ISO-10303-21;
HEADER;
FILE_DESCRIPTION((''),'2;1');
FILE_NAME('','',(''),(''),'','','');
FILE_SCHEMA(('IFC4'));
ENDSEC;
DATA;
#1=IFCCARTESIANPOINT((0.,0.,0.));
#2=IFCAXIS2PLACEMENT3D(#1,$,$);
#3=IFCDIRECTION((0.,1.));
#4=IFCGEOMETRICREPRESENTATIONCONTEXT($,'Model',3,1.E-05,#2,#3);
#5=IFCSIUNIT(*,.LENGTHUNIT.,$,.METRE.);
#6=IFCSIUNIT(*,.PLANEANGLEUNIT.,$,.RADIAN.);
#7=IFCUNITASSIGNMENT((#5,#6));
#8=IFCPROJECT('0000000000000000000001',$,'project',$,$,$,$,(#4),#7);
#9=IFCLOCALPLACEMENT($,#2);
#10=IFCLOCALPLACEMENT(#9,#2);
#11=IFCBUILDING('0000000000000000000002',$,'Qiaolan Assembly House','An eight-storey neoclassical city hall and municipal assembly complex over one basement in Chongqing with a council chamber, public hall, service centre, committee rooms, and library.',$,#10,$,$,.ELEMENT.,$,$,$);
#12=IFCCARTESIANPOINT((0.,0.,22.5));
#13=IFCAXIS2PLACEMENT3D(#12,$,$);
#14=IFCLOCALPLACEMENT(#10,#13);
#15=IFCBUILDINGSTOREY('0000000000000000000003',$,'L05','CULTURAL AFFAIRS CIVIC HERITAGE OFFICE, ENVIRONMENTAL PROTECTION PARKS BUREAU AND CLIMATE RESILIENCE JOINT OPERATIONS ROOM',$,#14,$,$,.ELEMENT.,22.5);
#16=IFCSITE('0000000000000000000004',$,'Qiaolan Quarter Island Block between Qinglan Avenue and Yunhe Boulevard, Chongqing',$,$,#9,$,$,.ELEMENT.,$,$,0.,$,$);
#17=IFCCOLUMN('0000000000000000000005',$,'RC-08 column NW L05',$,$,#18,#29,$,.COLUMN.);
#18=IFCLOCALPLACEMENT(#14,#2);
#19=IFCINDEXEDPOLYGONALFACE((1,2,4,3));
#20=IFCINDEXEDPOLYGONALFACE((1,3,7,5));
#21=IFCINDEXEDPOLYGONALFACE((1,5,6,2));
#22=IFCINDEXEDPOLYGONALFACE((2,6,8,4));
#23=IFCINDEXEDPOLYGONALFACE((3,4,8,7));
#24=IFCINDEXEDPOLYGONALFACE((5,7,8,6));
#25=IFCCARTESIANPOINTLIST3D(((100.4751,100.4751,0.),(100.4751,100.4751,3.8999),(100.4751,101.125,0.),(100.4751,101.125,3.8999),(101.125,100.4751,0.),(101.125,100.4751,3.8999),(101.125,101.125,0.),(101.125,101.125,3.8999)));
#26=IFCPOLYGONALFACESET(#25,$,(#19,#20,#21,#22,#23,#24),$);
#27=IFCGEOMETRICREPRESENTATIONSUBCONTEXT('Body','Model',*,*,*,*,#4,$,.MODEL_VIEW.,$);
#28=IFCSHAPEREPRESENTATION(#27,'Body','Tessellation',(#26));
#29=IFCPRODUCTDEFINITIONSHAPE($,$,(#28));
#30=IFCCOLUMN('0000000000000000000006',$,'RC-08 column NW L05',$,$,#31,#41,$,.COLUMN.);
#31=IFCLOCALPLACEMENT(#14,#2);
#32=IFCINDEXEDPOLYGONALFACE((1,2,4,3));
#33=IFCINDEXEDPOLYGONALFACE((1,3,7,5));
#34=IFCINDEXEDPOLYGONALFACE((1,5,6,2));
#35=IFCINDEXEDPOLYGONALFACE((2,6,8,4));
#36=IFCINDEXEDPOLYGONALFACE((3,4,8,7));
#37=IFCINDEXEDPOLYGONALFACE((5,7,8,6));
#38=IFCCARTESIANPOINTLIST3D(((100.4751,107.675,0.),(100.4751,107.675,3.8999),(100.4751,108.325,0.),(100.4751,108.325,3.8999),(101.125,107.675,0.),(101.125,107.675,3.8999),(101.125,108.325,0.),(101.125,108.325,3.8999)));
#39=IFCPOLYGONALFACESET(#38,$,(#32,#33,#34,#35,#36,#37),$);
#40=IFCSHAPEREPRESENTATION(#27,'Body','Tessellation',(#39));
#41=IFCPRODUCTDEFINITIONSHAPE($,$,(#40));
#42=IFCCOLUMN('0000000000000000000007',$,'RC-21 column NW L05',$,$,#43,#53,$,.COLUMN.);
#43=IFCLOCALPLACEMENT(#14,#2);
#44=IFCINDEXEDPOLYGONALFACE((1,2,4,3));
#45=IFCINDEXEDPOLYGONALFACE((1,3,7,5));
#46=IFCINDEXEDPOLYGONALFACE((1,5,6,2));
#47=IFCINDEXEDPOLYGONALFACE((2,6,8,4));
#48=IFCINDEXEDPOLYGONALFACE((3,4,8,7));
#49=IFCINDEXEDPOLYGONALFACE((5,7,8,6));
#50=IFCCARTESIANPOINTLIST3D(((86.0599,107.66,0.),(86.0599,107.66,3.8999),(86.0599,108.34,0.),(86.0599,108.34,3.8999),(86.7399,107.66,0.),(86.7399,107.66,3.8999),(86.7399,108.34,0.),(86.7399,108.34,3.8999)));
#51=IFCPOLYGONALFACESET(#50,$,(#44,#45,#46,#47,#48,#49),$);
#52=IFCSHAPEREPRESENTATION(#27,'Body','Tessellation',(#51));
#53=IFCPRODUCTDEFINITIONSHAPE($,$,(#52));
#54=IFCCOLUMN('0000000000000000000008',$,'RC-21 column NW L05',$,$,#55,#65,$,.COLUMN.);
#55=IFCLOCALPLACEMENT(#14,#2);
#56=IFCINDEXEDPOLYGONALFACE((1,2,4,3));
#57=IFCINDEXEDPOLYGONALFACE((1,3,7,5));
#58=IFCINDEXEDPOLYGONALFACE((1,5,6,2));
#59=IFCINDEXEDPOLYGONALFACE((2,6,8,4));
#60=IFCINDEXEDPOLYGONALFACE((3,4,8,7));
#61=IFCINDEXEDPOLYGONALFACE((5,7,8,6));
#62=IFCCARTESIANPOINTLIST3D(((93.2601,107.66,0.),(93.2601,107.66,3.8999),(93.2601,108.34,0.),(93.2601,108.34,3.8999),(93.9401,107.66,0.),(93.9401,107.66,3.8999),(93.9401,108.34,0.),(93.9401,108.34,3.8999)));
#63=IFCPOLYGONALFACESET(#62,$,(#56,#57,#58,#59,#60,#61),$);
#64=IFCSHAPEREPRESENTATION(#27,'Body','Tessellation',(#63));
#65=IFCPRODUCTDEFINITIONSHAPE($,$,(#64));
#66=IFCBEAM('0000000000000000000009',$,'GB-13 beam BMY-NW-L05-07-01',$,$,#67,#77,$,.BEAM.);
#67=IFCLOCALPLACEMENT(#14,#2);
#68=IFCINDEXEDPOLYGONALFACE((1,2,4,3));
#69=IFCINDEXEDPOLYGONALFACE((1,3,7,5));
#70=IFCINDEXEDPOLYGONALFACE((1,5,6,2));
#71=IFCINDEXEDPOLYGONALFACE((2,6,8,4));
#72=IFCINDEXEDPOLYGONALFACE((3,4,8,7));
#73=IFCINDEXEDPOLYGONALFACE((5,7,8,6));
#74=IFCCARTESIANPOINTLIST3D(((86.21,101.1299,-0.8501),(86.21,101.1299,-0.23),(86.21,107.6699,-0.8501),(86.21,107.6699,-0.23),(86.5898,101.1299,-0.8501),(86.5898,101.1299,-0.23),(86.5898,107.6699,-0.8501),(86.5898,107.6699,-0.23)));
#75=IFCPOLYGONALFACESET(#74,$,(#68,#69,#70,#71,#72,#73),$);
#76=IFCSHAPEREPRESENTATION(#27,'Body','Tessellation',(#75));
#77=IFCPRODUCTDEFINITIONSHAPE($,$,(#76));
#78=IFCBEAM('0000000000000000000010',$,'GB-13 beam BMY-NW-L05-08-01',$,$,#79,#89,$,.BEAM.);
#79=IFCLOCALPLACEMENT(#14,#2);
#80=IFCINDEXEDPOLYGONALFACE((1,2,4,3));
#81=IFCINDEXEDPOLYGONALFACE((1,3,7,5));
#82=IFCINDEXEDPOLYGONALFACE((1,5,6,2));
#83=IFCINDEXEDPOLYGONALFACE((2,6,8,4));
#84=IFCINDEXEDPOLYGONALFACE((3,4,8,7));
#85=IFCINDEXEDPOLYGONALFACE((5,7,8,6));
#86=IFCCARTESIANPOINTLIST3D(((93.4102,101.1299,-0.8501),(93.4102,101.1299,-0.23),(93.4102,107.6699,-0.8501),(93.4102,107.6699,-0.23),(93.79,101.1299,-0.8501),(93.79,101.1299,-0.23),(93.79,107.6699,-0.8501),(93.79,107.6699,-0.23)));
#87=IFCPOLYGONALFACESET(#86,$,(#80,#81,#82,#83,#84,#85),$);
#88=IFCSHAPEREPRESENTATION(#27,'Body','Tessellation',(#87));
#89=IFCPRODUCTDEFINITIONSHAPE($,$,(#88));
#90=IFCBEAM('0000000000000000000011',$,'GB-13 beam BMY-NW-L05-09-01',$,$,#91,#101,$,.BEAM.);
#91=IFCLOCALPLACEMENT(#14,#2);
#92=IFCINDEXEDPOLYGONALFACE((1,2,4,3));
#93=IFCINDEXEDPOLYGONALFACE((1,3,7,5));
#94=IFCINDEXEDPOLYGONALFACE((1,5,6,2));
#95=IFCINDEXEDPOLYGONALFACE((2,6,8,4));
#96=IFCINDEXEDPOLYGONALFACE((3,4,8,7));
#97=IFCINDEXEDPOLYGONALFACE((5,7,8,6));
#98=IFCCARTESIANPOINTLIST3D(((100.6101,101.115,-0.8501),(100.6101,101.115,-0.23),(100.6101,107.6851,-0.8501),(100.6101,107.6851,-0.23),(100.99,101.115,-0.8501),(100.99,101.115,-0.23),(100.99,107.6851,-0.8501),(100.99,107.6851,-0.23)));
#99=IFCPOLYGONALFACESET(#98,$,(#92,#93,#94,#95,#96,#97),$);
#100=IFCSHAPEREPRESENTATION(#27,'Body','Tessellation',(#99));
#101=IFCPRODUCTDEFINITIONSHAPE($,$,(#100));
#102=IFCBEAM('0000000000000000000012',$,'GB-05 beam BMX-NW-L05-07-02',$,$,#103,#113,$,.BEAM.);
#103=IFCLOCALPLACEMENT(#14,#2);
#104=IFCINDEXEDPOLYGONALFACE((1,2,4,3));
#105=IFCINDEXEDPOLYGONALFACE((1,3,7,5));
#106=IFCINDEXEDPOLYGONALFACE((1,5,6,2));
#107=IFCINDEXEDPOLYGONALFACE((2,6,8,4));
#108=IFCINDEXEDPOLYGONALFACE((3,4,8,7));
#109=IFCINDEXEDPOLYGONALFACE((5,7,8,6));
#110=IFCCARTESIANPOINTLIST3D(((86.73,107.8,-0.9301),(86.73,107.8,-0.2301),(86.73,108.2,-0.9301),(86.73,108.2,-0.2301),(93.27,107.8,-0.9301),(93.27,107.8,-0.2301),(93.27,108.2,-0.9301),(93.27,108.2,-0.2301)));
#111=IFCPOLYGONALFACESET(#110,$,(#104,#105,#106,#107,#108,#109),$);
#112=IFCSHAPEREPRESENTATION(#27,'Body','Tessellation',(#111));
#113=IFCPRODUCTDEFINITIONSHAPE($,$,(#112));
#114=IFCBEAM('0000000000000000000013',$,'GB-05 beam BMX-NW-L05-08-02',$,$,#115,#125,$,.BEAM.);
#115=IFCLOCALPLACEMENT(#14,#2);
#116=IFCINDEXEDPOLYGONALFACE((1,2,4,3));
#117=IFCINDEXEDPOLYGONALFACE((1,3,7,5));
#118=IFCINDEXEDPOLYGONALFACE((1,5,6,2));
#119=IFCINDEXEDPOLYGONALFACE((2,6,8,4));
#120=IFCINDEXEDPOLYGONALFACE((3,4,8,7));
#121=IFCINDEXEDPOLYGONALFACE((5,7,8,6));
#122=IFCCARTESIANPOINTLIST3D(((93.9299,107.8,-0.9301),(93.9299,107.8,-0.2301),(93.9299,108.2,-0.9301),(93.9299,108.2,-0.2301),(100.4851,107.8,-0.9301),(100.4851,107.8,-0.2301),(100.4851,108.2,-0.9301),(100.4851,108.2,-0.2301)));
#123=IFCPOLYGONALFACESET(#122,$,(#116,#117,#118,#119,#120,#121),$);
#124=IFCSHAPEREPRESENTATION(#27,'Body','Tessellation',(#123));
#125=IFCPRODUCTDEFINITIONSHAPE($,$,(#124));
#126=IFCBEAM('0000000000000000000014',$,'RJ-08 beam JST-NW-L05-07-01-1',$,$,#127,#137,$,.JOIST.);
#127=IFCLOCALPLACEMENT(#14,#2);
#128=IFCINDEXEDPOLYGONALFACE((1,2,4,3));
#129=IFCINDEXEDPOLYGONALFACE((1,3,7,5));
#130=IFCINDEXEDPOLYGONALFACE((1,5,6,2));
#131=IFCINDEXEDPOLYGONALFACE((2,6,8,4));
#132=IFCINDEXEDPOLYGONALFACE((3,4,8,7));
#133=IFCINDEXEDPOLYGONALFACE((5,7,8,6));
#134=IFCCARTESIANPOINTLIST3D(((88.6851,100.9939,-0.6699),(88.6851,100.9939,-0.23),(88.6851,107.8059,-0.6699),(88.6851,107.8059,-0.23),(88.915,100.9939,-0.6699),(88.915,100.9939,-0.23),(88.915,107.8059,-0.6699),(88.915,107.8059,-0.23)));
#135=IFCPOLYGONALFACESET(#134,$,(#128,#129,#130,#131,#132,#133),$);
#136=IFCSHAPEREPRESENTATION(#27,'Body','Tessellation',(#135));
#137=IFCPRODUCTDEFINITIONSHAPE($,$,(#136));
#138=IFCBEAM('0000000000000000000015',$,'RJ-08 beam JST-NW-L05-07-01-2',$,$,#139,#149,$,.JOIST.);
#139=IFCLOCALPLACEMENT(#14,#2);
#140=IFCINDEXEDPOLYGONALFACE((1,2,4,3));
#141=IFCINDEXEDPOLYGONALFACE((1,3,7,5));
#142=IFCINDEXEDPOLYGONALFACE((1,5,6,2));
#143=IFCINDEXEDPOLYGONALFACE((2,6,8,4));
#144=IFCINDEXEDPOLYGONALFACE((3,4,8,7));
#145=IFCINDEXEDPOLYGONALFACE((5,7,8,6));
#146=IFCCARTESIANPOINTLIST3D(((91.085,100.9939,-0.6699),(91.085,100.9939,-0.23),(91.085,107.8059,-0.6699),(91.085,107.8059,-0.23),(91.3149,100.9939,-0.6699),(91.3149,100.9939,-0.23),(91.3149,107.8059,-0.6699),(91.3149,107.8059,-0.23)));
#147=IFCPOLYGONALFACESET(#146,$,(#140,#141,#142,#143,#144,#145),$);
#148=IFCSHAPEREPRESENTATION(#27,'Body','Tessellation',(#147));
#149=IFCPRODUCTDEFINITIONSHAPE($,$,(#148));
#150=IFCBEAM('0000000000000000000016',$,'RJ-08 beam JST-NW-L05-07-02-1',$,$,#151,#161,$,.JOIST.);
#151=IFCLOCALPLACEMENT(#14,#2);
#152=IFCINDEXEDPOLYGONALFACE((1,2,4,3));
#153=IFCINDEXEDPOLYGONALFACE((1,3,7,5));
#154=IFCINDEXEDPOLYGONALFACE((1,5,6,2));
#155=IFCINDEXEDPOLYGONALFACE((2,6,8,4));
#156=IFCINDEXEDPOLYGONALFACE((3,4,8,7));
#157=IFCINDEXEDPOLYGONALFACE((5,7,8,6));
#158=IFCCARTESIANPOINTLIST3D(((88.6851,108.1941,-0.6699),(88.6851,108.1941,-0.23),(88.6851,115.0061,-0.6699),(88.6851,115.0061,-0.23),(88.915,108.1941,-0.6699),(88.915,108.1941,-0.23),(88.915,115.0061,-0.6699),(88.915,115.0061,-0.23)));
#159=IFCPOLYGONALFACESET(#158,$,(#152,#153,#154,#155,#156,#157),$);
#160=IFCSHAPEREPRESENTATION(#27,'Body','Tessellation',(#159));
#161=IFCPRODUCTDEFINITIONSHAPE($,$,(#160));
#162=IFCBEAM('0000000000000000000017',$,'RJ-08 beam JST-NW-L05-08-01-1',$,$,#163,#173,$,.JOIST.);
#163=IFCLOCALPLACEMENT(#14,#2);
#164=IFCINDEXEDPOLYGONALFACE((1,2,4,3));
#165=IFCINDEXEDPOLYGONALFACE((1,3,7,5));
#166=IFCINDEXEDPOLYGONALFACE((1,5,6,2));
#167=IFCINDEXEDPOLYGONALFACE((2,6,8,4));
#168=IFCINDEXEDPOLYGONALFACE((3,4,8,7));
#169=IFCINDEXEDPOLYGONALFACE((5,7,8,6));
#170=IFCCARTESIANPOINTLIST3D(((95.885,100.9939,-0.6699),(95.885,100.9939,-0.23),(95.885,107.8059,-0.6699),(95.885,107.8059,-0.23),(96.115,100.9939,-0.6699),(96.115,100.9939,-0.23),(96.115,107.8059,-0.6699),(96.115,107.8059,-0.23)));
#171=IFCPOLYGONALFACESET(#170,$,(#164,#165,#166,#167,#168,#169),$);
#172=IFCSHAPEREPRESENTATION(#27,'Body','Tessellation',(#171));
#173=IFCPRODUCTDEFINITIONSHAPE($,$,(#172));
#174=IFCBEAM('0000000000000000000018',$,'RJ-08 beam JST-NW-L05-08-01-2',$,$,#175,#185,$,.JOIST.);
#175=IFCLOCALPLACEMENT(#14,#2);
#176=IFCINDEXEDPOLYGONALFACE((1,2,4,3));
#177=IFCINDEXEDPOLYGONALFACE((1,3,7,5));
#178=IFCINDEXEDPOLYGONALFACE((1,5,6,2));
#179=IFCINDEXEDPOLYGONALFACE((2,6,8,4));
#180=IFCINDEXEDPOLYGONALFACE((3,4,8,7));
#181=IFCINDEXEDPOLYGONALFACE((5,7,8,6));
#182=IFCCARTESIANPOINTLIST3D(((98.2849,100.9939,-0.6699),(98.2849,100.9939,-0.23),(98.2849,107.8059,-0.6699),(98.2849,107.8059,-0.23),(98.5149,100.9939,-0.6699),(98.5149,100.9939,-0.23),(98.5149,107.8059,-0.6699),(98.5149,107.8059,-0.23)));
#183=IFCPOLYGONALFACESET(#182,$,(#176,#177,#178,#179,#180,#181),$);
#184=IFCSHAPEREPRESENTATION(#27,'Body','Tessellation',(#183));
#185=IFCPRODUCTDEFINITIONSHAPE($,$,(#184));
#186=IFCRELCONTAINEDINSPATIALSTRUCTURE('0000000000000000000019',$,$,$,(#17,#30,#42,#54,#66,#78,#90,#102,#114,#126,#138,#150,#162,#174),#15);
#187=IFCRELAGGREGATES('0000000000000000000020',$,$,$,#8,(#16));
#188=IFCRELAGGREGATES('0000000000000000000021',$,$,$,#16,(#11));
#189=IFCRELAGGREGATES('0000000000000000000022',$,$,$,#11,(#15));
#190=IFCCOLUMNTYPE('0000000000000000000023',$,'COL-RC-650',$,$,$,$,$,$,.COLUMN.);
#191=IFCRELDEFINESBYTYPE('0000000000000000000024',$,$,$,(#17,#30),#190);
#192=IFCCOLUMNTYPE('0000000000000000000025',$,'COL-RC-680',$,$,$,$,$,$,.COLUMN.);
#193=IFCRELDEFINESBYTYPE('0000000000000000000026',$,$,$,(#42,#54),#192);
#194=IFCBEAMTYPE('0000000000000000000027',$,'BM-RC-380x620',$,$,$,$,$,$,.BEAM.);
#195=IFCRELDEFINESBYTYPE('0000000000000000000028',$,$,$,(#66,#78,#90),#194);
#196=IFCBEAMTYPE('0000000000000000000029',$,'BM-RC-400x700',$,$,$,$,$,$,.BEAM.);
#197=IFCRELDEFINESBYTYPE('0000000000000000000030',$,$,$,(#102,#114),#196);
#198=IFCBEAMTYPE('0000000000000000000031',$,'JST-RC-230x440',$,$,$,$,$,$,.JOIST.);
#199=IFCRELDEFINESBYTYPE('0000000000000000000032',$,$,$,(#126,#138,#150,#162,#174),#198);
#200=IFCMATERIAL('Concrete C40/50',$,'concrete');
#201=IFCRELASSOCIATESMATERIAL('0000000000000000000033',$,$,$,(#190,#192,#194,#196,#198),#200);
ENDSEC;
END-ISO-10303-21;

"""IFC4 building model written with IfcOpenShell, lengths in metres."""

from ifc_helpers import new_model, si_unit, direction, frame, origin, origin_2d, place, context, subcontext, project, spatial, rectangle, extrude, material, material_profile, profile_set, type_object, element, save


model = new_model("IFC4")

# Units and contexts
model_context = context("Model", 3, precision=1e-05, world=origin(), true_north=direction((0.0, 1.0)))
body_context = subcontext(model_context, "Body", "Model", "MODEL_VIEW")
ifc_project = project(units=[si_unit("LENGTHUNIT", "METRE"), si_unit("PLANEANGLEUNIT", "RADIAN")], contexts=[model_context])

# Site, building, storey
site_placement = place(None, origin())
site = spatial("IfcSite", under=ifc_project, at=site_placement, Name="Qiaolan Quarter Island Block between Qinglan Avenue and Yunhe Boulevard, Chongqing", CompositionType="ELEMENT", RefElevation=0.0)
building_placement = place(site_placement, origin())
building = spatial("IfcBuilding", under=site, at=building_placement, Name="Qiaolan Assembly House", Description="An eight-storey neoclassical city hall and municipal assembly complex over one basement in Chongqing with a council chamber, public hall, service centre, committee rooms, and library.", CompositionType="ELEMENT")
storey_placement = place(building_placement, frame((0.0, 0.0, 22.5)))
storey = spatial("IfcBuildingStorey", under=building, at=storey_placement, Name="L05", Description="CULTURAL AFFAIRS CIVIC HERITAGE OFFICE, ENVIRONMENTAL PROTECTION PARKS BUREAU AND CLIMATE RESILIENCE JOINT OPERATIONS ROOM", CompositionType="ELEMENT", Elevation=22.5)

# Columns
ifc_material_1 = material(Name="Concrete C40/50", Category="concrete")
ifc_material_profile_1 = material_profile(ifc_material_1, rectangle(XDim=0.6499, YDim=0.6499, at=origin_2d()), Name="RC 650x650")
ifc_profile_set_1 = profile_set([ifc_material_profile_1], Name="Concrete C40/50")
column_type_1 = type_object("IfcColumnType", Name="COL-RC-650", PredefinedType="COLUMN", material=ifc_profile_set_1)
for number, where, z_axis, x_axis, name in (
    (1, (100.8, 100.8, 0.0), (0.0, 0.0, 1.0), (1.0, 0.0, 0.0), "RC-08 column NW L05"),
    (2, (100.8, 108.0, 0.0), (0.0, 0.0, 1.0), (1.0, 0.0, 0.0), "RC-08 column NW L05"),
):
    element("IfcColumn", number, at=place(storey_placement, frame(where, z_axis=z_axis, x_axis=x_axis)), inside=storey, type_object=column_type_1, Name=name, PredefinedType="COLUMN", context=body_context, shape_type="SweptSolid", body=[
        extrude(rectangle(XDim=0.6499, YDim=0.6499, at=origin_2d()), origin(), (0.0, 0.0, 1.0), 3.8999),
    ])
ifc_material_profile_2 = material_profile(ifc_material_1, rectangle(XDim=0.6799, YDim=0.6799, at=origin_2d()), Name="RC 680x680")
ifc_profile_set_2 = profile_set([ifc_material_profile_2], Name="Concrete C40/50")
column_type_2 = type_object("IfcColumnType", Name="COL-RC-680", PredefinedType="COLUMN", material=ifc_profile_set_2)
for number, where, z_axis, x_axis, name in (
    (3, (86.3999, 108.0, 0.0), (0.0, 0.0, 1.0), (1.0, 0.0, 0.0), "RC-21 column NW L05"),
    (4, (93.6001, 108.0, 0.0), (0.0, 0.0, 1.0), (1.0, 0.0, 0.0), "RC-21 column NW L05"),
):
    element("IfcColumn", number, at=place(storey_placement, frame(where, z_axis=z_axis, x_axis=x_axis)), inside=storey, type_object=column_type_2, Name=name, PredefinedType="COLUMN", context=body_context, shape_type="SweptSolid", body=[
        extrude(rectangle(XDim=0.6799, YDim=0.6799, at=origin_2d()), origin(), (0.0, 0.0, 1.0), 3.8999),
    ])

# Beams
ifc_material_profile_3 = material_profile(ifc_material_1, rectangle(XDim=0.3799, YDim=0.6201, at=origin_2d()), Name="RCB 380x620")
ifc_profile_set_3 = profile_set([ifc_material_profile_3], Name="Concrete C40/50")
beam_type_1 = type_object("IfcBeamType", Name="BM-RC-380x620", PredefinedType="BEAM", material=ifc_profile_set_3)
for number, where, z_axis, x_axis, name in (
    (5, (86.3999, 101.1299, -0.54), (0.0, 1.0, 0.0), (-1.0, 0.0, 0.0), "GB-13 beam BMY-NW-L05-07-01"),
    (6, (93.6001, 101.1299, -0.54), (0.0, 1.0, 0.0), (-1.0, 0.0, 0.0), "GB-13 beam BMY-NW-L05-08-01"),
):
    element("IfcBeam", number, at=place(storey_placement, frame(where, z_axis=z_axis, x_axis=x_axis)), inside=storey, type_object=beam_type_1, Name=name, PredefinedType="BEAM", context=body_context, shape_type="SweptSolid", body=[
        extrude(rectangle(XDim=0.3799, YDim=0.6201, at=origin_2d()), origin(), (0.0, 0.0, 1.0), 6.54),
    ])
beam_1_placement = place(storey_placement, frame((100.8, 101.115, -0.54), z_axis=(0.0, 1.0, 0.0), x_axis=(-1.0, 0.0, 0.0)))
element("IfcBeam", 7, at=beam_1_placement, inside=storey, type_object=beam_type_1, Name="GB-13 beam BMY-NW-L05-09-01", PredefinedType="BEAM", context=body_context, shape_type="SweptSolid", body=[
    extrude(rectangle(XDim=0.3799, YDim=0.6201, at=origin_2d()), origin(), (0.0, 0.0, 1.0), 6.5701),
])
ifc_material_profile_4 = material_profile(ifc_material_1, rectangle(XDim=0.3999, YDim=0.7, at=origin_2d()), Name="RCB 400x700")
ifc_profile_set_4 = profile_set([ifc_material_profile_4], Name="Concrete C40/50")
beam_type_2 = type_object("IfcBeamType", Name="BM-RC-400x700", PredefinedType="BEAM", material=ifc_profile_set_4)
beam_2_placement = place(storey_placement, frame((86.73, 108.0, -0.5801), z_axis=(1.0, 0.0, 0.0), x_axis=(0.0, 1.0, 0.0)))
element("IfcBeam", 8, at=beam_2_placement, inside=storey, type_object=beam_type_2, Name="GB-05 beam BMX-NW-L05-07-02", PredefinedType="BEAM", context=body_context, shape_type="SweptSolid", body=[
    extrude(rectangle(XDim=0.3999, YDim=0.7, at=origin_2d()), origin(), (0.0, 0.0, 1.0), 6.54),
])
beam_3_placement = place(storey_placement, frame((93.9299, 108.0, -0.5801), z_axis=(1.0, 0.0, 0.0), x_axis=(0.0, 1.0, 0.0)))
element("IfcBeam", 9, at=beam_3_placement, inside=storey, type_object=beam_type_2, Name="GB-05 beam BMX-NW-L05-08-02", PredefinedType="BEAM", context=body_context, shape_type="SweptSolid", body=[
    extrude(rectangle(XDim=0.3999, YDim=0.7, at=origin_2d()), origin(), (0.0, 0.0, 1.0), 6.5552),
])
ifc_material_profile_5 = material_profile(ifc_material_1, rectangle(XDim=0.23, YDim=0.4399, at=origin_2d()), Name="RCB 230x440")
ifc_profile_set_5 = profile_set([ifc_material_profile_5], Name="Concrete C40/50")
beam_type_3 = type_object("IfcBeamType", Name="JST-RC-230x440", PredefinedType="JOIST", material=ifc_profile_set_5)
for number, where, z_axis, x_axis, name in (
    (10, (88.8, 100.9939, -0.45), (0.0, 1.0, 0.0), (-1.0, 0.0, 0.0), "RJ-08 beam JST-NW-L05-07-01-1"),
    (11, (91.2, 100.9939, -0.45), (0.0, 1.0, 0.0), (-1.0, 0.0, 0.0), "RJ-08 beam JST-NW-L05-07-01-2"),
    (12, (88.8, 108.1941, -0.45), (0.0, 1.0, 0.0), (-1.0, 0.0, 0.0), "RJ-08 beam JST-NW-L05-07-02-1"),
    (13, (96.0, 100.9939, -0.45), (0.0, 1.0, 0.0), (-1.0, 0.0, 0.0), "RJ-08 beam JST-NW-L05-08-01-1"),
    (14, (98.3999, 100.9939, -0.45), (0.0, 1.0, 0.0), (-1.0, 0.0, 0.0), "RJ-08 beam JST-NW-L05-08-01-2"),
):
    element("IfcBeam", number, at=place(storey_placement, frame(where, z_axis=z_axis, x_axis=x_axis)), inside=storey, type_object=beam_type_3, Name=name, PredefinedType="JOIST", context=body_context, shape_type="SweptSolid", body=[
        extrude(rectangle(XDim=0.23, YDim=0.4399, at=origin_2d()), origin(), (0.0, 0.0, 1.0), 6.812),
    ])

save(model, "model.ifc")
